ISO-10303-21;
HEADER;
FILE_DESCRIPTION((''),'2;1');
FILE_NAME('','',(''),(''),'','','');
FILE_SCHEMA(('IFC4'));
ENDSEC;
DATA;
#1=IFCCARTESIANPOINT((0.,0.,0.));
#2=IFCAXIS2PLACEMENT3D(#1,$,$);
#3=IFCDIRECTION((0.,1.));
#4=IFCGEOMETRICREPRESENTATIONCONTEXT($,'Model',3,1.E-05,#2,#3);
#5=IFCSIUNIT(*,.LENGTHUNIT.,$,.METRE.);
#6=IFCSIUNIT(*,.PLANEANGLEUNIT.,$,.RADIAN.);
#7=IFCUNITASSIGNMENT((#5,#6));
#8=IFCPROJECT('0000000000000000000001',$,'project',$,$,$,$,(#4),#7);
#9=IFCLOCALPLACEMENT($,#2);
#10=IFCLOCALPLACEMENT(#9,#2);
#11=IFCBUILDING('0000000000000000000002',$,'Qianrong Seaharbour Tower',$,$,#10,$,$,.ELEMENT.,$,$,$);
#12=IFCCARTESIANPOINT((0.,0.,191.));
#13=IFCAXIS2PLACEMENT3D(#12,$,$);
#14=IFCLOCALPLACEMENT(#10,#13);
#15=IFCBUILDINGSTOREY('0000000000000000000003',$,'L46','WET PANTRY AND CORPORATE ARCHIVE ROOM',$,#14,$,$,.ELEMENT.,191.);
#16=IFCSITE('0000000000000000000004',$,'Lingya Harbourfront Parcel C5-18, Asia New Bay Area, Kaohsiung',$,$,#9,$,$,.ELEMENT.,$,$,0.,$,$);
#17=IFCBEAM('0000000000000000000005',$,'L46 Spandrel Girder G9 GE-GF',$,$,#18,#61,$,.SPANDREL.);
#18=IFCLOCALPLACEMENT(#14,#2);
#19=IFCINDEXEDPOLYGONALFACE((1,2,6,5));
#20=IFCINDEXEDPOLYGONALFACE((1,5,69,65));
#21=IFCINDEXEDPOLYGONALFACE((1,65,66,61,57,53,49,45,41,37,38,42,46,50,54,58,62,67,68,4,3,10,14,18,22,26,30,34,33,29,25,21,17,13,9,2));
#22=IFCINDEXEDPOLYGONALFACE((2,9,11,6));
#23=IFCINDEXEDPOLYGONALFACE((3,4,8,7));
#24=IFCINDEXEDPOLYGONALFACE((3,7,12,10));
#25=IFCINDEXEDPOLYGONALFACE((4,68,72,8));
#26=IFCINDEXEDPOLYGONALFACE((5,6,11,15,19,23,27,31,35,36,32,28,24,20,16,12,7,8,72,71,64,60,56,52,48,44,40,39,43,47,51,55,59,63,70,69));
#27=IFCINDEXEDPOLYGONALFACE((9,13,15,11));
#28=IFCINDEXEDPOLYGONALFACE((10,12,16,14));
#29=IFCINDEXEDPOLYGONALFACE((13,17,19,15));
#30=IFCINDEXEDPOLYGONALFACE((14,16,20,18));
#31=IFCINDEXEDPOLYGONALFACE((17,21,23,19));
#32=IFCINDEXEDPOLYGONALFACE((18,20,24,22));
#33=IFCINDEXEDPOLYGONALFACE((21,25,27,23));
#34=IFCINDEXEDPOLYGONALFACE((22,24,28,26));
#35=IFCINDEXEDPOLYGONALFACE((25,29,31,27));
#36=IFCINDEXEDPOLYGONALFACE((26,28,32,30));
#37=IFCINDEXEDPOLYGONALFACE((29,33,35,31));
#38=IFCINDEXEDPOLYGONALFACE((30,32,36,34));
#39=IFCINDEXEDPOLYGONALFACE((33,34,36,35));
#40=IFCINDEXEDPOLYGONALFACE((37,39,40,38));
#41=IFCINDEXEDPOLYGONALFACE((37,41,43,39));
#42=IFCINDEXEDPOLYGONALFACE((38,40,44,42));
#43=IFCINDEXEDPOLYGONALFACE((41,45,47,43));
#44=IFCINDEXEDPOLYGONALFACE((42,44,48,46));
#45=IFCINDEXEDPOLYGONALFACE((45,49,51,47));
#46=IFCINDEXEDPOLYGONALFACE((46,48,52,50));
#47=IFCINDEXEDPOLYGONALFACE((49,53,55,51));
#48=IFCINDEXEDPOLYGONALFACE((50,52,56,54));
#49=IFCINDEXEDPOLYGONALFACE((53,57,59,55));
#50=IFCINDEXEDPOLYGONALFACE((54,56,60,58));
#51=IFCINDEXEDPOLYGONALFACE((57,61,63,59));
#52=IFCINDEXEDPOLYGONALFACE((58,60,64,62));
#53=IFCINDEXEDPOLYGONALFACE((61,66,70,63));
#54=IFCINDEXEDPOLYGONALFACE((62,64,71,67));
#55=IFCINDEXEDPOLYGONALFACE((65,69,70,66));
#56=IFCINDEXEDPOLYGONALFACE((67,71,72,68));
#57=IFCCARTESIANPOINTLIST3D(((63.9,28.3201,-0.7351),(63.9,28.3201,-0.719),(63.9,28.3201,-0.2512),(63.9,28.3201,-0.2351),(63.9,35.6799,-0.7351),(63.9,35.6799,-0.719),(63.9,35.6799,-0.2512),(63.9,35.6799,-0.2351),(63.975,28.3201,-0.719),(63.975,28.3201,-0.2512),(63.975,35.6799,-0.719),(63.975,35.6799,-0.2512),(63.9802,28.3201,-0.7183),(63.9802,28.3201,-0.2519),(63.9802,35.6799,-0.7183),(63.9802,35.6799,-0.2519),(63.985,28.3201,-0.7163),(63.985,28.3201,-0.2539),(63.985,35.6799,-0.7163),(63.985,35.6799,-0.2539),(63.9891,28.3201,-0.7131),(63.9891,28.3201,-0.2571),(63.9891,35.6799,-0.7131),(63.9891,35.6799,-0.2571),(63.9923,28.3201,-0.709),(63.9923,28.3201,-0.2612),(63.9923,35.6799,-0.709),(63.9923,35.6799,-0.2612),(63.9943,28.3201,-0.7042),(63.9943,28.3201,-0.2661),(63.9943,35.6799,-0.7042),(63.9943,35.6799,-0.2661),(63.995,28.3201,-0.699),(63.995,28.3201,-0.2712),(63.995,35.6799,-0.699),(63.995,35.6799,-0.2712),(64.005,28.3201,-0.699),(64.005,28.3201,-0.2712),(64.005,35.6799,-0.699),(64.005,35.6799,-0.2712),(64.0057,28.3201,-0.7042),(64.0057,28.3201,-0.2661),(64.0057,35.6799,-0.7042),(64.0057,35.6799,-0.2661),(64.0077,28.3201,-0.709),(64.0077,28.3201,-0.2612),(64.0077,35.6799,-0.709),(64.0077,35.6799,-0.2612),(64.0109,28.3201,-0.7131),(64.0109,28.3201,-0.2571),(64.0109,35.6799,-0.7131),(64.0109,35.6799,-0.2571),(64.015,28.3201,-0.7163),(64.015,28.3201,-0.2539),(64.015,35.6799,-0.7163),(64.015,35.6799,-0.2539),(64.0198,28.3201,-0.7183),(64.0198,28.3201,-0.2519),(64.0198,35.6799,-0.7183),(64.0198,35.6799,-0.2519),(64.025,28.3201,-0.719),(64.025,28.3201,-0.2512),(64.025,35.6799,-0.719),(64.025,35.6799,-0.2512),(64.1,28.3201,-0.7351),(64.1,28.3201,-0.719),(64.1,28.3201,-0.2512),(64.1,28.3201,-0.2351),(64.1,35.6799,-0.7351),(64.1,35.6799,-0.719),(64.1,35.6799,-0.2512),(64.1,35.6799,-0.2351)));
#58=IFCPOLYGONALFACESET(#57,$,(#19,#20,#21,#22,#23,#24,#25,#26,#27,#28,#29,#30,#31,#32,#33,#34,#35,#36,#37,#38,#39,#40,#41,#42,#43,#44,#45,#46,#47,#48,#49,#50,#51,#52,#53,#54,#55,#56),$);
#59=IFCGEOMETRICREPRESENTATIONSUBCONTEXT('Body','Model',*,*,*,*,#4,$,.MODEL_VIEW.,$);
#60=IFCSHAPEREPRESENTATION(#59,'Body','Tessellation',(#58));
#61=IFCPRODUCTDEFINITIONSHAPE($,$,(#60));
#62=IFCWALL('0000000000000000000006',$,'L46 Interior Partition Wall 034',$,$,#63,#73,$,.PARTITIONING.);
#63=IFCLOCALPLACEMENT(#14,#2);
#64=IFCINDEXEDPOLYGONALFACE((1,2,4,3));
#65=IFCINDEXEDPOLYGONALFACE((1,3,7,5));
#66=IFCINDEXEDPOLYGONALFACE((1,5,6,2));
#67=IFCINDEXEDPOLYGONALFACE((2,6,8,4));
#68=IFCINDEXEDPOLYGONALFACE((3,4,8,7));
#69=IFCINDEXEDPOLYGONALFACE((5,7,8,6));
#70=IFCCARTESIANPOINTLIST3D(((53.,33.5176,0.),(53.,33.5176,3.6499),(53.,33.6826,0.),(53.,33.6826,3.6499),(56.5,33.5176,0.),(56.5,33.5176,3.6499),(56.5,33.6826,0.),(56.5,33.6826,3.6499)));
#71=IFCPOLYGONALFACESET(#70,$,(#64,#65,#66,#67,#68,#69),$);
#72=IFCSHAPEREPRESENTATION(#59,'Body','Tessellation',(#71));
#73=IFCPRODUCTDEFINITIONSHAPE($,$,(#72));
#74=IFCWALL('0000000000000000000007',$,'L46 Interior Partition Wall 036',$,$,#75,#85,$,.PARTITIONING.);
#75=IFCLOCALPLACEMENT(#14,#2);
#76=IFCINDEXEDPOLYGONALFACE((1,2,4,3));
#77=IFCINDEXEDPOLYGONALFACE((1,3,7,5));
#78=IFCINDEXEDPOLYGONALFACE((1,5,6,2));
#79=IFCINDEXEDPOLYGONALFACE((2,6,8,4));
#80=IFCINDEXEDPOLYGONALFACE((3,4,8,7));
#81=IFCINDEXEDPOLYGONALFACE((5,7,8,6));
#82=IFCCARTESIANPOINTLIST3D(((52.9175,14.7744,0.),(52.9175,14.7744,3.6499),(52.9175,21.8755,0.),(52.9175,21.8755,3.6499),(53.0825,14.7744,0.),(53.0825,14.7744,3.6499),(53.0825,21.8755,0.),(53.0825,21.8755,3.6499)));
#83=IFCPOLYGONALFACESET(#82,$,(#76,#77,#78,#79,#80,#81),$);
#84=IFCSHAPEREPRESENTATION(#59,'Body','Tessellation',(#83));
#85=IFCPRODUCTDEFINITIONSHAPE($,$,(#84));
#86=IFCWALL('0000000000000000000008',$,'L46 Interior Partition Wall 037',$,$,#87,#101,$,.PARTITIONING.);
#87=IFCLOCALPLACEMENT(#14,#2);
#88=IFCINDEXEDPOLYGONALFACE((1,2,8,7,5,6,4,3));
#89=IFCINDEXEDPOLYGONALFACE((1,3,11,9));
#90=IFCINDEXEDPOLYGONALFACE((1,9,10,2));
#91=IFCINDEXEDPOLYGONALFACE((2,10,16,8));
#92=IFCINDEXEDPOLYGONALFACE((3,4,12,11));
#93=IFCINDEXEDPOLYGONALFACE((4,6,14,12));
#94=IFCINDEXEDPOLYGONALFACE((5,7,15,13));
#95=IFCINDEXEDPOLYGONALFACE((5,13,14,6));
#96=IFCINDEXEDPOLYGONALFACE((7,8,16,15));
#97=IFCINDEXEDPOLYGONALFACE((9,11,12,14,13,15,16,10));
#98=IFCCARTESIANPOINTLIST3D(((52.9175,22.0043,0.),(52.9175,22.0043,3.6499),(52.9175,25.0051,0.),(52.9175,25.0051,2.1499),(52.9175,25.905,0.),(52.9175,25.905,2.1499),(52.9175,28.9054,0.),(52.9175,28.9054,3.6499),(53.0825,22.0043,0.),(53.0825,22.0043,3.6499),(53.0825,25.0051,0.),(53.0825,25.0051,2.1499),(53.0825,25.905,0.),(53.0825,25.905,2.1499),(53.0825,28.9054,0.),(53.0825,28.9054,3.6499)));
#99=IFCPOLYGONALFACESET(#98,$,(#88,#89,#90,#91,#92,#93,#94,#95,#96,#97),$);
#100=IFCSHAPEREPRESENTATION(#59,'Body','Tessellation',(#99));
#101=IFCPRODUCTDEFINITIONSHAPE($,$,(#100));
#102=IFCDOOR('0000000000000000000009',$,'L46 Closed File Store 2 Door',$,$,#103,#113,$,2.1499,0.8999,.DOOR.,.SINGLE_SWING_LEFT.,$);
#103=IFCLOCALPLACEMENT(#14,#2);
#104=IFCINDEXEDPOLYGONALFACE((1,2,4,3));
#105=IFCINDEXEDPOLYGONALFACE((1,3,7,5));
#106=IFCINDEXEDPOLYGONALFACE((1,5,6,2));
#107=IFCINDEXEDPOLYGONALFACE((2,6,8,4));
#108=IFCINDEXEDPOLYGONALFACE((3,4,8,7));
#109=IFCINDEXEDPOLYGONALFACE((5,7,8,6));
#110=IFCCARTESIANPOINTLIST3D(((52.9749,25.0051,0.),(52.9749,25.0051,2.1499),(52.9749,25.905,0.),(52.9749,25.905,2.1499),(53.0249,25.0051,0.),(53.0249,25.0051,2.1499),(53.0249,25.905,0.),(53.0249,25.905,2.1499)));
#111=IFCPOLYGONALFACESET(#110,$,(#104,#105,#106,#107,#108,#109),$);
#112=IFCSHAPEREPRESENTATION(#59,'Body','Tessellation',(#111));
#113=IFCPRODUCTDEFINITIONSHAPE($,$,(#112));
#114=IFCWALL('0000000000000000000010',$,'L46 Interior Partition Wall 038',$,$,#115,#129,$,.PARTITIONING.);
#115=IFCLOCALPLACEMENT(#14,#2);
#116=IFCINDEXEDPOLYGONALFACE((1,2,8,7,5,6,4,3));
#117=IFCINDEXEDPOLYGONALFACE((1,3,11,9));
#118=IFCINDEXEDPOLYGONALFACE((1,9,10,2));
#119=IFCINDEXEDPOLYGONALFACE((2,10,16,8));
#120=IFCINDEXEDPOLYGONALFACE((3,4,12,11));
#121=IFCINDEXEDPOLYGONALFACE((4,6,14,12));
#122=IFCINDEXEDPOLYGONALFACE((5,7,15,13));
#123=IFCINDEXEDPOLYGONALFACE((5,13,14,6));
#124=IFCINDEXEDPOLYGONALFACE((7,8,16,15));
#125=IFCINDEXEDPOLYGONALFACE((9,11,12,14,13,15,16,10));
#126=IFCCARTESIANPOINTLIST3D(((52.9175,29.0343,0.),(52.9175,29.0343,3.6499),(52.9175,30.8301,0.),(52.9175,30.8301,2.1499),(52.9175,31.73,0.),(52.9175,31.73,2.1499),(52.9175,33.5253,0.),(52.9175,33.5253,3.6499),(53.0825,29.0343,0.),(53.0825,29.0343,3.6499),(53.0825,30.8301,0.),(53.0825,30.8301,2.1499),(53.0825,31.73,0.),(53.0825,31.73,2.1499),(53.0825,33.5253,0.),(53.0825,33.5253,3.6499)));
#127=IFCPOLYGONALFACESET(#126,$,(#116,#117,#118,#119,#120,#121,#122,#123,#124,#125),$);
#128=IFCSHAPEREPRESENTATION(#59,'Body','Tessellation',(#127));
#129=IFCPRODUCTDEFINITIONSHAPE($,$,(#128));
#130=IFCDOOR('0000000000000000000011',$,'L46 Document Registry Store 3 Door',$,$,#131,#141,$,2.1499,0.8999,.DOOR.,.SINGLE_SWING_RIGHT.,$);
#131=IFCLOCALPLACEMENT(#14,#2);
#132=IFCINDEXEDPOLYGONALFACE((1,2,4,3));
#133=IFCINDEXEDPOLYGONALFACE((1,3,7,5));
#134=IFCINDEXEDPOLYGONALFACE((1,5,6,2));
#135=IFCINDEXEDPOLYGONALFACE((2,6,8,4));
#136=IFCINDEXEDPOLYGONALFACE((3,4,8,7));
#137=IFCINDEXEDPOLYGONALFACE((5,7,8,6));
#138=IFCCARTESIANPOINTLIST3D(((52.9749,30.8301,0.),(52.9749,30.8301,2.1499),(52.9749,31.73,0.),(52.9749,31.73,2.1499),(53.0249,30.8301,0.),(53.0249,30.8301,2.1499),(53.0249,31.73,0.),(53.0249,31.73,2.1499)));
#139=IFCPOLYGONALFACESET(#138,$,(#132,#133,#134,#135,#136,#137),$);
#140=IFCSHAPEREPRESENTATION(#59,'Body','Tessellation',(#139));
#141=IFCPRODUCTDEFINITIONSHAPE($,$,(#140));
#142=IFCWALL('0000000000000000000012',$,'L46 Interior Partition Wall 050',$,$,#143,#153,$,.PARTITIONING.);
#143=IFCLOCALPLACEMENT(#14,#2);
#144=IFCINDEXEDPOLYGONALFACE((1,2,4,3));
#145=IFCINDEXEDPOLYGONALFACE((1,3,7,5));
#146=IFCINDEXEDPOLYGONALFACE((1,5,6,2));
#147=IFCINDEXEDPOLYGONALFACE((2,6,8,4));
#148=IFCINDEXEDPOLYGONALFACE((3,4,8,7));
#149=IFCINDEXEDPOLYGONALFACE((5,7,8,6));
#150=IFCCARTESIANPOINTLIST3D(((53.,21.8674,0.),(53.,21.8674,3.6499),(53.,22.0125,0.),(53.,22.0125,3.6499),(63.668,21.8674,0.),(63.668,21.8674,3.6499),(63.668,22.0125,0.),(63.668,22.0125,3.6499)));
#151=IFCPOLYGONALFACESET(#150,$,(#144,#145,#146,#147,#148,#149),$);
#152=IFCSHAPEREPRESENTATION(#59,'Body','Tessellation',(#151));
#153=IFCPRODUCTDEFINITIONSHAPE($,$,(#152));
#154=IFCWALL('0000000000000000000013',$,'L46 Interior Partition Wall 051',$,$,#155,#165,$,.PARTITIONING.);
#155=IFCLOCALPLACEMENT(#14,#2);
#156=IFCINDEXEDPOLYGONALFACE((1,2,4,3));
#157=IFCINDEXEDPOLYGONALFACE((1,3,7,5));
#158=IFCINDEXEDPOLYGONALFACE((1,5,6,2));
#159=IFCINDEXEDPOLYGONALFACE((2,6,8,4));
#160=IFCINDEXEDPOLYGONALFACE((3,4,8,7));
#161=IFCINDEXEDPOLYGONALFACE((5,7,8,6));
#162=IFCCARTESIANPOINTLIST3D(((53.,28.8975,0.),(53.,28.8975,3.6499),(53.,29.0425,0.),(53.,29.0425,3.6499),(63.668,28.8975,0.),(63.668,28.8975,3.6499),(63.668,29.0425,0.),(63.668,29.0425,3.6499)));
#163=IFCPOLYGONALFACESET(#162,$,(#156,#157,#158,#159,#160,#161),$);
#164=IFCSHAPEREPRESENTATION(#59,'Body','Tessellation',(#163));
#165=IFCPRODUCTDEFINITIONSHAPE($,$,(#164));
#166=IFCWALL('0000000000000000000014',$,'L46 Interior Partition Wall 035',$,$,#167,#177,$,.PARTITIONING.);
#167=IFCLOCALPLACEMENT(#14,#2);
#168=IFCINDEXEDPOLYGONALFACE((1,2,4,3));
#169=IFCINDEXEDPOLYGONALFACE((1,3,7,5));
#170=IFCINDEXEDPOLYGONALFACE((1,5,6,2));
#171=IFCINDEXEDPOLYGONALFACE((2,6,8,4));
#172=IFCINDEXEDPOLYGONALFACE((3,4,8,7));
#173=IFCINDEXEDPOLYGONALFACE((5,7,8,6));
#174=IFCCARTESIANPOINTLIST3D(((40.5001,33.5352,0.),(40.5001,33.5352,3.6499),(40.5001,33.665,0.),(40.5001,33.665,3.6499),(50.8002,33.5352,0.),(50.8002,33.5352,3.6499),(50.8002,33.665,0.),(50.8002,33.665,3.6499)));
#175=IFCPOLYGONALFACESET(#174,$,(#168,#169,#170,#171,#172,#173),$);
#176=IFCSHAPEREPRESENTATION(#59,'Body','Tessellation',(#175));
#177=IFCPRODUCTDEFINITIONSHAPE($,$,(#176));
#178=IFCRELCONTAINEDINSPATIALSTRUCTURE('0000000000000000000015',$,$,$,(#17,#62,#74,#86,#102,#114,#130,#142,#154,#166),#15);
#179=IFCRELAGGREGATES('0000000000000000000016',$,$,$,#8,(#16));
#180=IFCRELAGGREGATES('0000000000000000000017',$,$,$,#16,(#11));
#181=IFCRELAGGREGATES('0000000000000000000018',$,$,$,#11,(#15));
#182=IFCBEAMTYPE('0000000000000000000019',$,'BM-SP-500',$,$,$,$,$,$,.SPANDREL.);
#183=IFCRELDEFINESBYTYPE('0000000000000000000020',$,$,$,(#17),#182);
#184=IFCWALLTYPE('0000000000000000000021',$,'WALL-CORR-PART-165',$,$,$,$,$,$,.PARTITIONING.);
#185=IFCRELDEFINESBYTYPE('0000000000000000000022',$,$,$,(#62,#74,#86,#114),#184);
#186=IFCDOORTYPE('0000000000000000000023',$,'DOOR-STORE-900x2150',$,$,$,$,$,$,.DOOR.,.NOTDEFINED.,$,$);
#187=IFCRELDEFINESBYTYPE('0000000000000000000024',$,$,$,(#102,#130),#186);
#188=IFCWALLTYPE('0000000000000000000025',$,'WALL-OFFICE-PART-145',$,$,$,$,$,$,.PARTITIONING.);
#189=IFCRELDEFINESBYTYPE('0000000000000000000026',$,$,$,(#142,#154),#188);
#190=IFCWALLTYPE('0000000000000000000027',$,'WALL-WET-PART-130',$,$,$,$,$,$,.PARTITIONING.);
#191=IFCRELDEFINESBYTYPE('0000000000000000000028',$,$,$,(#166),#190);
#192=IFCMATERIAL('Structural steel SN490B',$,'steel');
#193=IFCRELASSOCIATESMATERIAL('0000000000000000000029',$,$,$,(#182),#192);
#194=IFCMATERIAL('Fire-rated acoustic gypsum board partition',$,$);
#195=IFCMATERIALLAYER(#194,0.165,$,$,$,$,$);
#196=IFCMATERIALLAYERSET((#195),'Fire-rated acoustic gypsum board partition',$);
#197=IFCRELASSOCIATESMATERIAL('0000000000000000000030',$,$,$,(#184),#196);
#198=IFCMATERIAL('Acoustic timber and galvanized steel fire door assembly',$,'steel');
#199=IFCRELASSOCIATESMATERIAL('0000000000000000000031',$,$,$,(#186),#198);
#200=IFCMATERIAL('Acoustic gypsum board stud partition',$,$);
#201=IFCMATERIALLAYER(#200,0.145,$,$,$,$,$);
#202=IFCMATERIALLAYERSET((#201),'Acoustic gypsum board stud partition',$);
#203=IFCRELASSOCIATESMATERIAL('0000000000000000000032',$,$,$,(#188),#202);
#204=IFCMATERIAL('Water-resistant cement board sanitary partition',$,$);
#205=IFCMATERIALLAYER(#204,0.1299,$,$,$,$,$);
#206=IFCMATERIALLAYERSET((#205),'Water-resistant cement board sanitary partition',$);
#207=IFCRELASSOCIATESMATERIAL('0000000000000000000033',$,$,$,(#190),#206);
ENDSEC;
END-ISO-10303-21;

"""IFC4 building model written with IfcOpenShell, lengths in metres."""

from ifc_helpers import new_model, si_unit, direction, frame, frame_2d, origin, origin_2d, place, context, subcontext, project, spatial, rectangle, i_section, extrude, material, layer, layer_set, material_profile, profile_set, type_object, element, fill, save


model = new_model("IFC4")

# Units and contexts
model_context = context("Model", 3, precision=1e-05, world=origin(), true_north=direction((0.0, 1.0)))
body_context = subcontext(model_context, "Body", "Model", "MODEL_VIEW")
ifc_project = project(units=[si_unit("LENGTHUNIT", "METRE"), si_unit("PLANEANGLEUNIT", "RADIAN")], contexts=[model_context])

# Site, building, storey
site_placement = place(None, origin())
site = spatial("IfcSite", under=ifc_project, at=site_placement, Name="Lingya Harbourfront Parcel C5-18, Asia New Bay Area, Kaohsiung", CompositionType="ELEMENT", RefElevation=0.0)
building_placement = place(site_placement, origin())
building = spatial("IfcBuilding", under=site, at=building_placement, Name="Qianrong Seaharbour Tower", CompositionType="ELEMENT")
storey_placement = place(building_placement, frame((0.0, 0.0, 191.0)))
storey = spatial("IfcBuildingStorey", under=building, at=storey_placement, Name="L46", Description="WET PANTRY AND CORPORATE ARCHIVE ROOM", CompositionType="ELEMENT", Elevation=191.0)

# Shared definitions
ifc_material_1 = material(Name="Structural steel SN490B", Category="steel")

# Beam
ifc_material_profile_1 = material_profile(ifc_material_1, i_section(OverallWidth=0.2, OverallDepth=0.5, WebThickness=0.01, FlangeThickness=0.0161, FilletRadius=0.02, at=origin_2d()), Name="H500x200x10x16")
ifc_profile_set_1 = profile_set([ifc_material_profile_1], Name="Structural steel SN490B")
beam_type_1 = type_object("IfcBeamType", Name="BM-SP-500", PredefinedType="SPANDREL", material=ifc_profile_set_1)
beam_1_placement = place(storey_placement, frame((64.0, 28.3201, -0.4851), z_axis=(0.0, 1.0, 0.0), x_axis=(-1.0, 0.0, 0.0)))
element("IfcBeam", 1, at=beam_1_placement, inside=storey, type_object=beam_type_1, Name="L46 Spandrel Girder G9 GE-GF", PredefinedType="SPANDREL", context=body_context, shape_type="SweptSolid", body=[
    extrude(i_section(OverallWidth=0.2, OverallDepth=0.5, WebThickness=0.01, FlangeThickness=0.0161, FilletRadius=0.02, at=origin_2d()), origin(), (0.0, 0.0, 1.0), 7.3599),
])

# Walls
ifc_material_2 = material(Name="Fire-rated acoustic gypsum board partition")
ifc_layer_1 = layer(ifc_material_2, 0.165)
ifc_layer_set_1 = layer_set([ifc_layer_1], Name="Fire-rated acoustic gypsum board partition")
wall_type_1 = type_object("IfcWallType", Name="WALL-CORR-PART-165", PredefinedType="PARTITIONING", material=ifc_layer_set_1)
wall_1_placement = place(storey_placement, frame((56.5, 33.6001, 0.0), z_axis=(0.0, 0.0, 1.0), x_axis=(-1.0, 0.0, 0.0)))
element("IfcWall", 2, at=wall_1_placement, inside=storey, type_object=wall_type_1, Name="L46 Interior Partition Wall 034", PredefinedType="PARTITIONING", context=body_context, shape_type="SweptSolid", body=[
    extrude(rectangle(XDim=3.5, YDim=0.165, at=frame_2d((1.75, 0.0))), origin(), (0.0, 0.0, 1.0), 3.6499),
])
wall_2_placement = place(storey_placement, frame((53.0, 21.8755, 0.0), z_axis=(0.0, 0.0, 1.0), x_axis=(0.0, -1.0, 0.0)))
element("IfcWall", 3, at=wall_2_placement, inside=storey, type_object=wall_type_1, Name="L46 Interior Partition Wall 036", PredefinedType="PARTITIONING", context=body_context, shape_type="SweptSolid", body=[
    extrude(rectangle(XDim=7.1011, YDim=0.165, at=frame_2d((3.5505, 0.0))), origin(), (0.0, 0.0, 1.0), 3.6499),
])

# Walls, openings, doors
wall_3_placement = place(storey_placement, frame((53.0, 28.9055, 0.0), z_axis=(0.0, 0.0, 1.0), x_axis=(0.0, -1.0, 0.0)))
wall_3 = element("IfcWall", 4, at=wall_3_placement, inside=storey, type_object=wall_type_1, Name="L46 Interior Partition Wall 037", PredefinedType="PARTITIONING", context=body_context, shape_type="SweptSolid", body=[
    extrude(rectangle(XDim=6.9011, YDim=0.165, at=frame_2d((3.4507, 0.0))), origin(), (0.0, 0.0, 1.0), 3.6499),
])
opening_1_placement = place(wall_3_placement, frame((3.0005, 0.0, 0.0)))
opening_1 = element("IfcOpeningElement", 5, at=opening_1_placement, cuts=wall_3, PredefinedType="OPENING", context=body_context, shape_type="SweptSolid", body=[
    extrude(rectangle(XDim=0.8999, YDim=2.1499, at=frame_2d((0.45, 1.075))), frame((0.0, 0.0925, 0.0), z_axis=(0.0, -1.0, 0.0), x_axis=(1.0, 0.0, 0.0)), (0.0, 0.0, 1.0), 0.1851),
])
ifc_material_3 = material(Name="Acoustic timber and galvanized steel fire door assembly", Category="steel")
door_type = type_object("IfcDoorType", Name="DOOR-STORE-900x2150", OperationType="NOTDEFINED", PredefinedType="DOOR", material=ifc_material_3)
door_1_placement = place(opening_1_placement, origin())
door_1 = element("IfcDoor", 6, at=door_1_placement, inside=storey, type_object=door_type, Name="L46 Closed File Store 2 Door", OperationType="SINGLE_SWING_LEFT", OverallHeight=2.1499, OverallWidth=0.8999, PredefinedType="DOOR", context=body_context, shape_type="SweptSolid", body=[
    extrude(rectangle(XDim=0.8999, YDim=2.1499, at=frame_2d((0.45, 1.075))), frame((0.0, 0.0249, 0.0), z_axis=(0.0, -1.0, 0.0), x_axis=(1.0, 0.0, 0.0)), (0.0, 0.0, 1.0), 0.05),
])
fill(opening_1, door_1)
wall_4_placement = place(storey_placement, frame((53.0, 33.5254, 0.0), z_axis=(0.0, 0.0, 1.0), x_axis=(0.0, -1.0, 0.0)))
wall_4 = element("IfcWall", 7, at=wall_4_placement, inside=storey, type_object=wall_type_1, Name="L46 Interior Partition Wall 038", PredefinedType="PARTITIONING", context=body_context, shape_type="SweptSolid", body=[
    extrude(rectangle(XDim=4.491, YDim=0.165, at=frame_2d((2.2456, 0.0))), origin(), (0.0, 0.0, 1.0), 3.6499),
])
opening_2_placement = place(wall_4_placement, frame((1.7954, 0.0, 0.0)))
opening_2 = element("IfcOpeningElement", 8, at=opening_2_placement, cuts=wall_4, PredefinedType="OPENING", context=body_context, shape_type="SweptSolid", body=[
    extrude(rectangle(XDim=0.8999, YDim=2.1499, at=frame_2d((0.45, 1.075))), frame((0.0, 0.0925, 0.0), z_axis=(0.0, -1.0, 0.0), x_axis=(1.0, 0.0, 0.0)), (0.0, 0.0, 1.0), 0.1851),
])
door_2_placement = place(opening_2_placement, origin())
door_2 = element("IfcDoor", 9, at=door_2_placement, inside=storey, type_object=door_type, Name="L46 Document Registry Store 3 Door", OperationType="SINGLE_SWING_RIGHT", OverallHeight=2.1499, OverallWidth=0.8999, PredefinedType="DOOR", context=body_context, shape_type="SweptSolid", body=[
    extrude(rectangle(XDim=0.8999, YDim=2.1499, at=frame_2d((0.45, 1.075))), frame((0.0, 0.0249, 0.0), z_axis=(0.0, -1.0, 0.0), x_axis=(1.0, 0.0, 0.0)), (0.0, 0.0, 1.0), 0.05),
])
fill(opening_2, door_2)

# Walls
ifc_material_4 = material(Name="Acoustic gypsum board stud partition")
ifc_layer_2 = layer(ifc_material_4, 0.145)
ifc_layer_set_2 = layer_set([ifc_layer_2], Name="Acoustic gypsum board stud partition")
wall_type_2 = type_object("IfcWallType", Name="WALL-OFFICE-PART-145", PredefinedType="PARTITIONING", material=ifc_layer_set_2)
for number, where, z_axis, x_axis, name in (
    (10, (53.0, 21.9399, 0.0), (0.0, 0.0, 1.0), (1.0, 0.0, 0.0), "L46 Interior Partition Wall 050"),
    (11, (53.0, 28.97, 0.0), (0.0, 0.0, 1.0), (1.0, 0.0, 0.0), "L46 Interior Partition Wall 051"),
):
    element("IfcWall", number, at=place(storey_placement, frame(where, z_axis=z_axis, x_axis=x_axis)), inside=storey, type_object=wall_type_2, Name=name, PredefinedType="PARTITIONING", context=body_context, shape_type="SweptSolid", body=[
        extrude(rectangle(XDim=10.668, YDim=0.145, at=frame_2d((5.334, 0.0))), origin(), (0.0, 0.0, 1.0), 3.6499),
    ])
ifc_material_5 = material(Name="Water-resistant cement board sanitary partition")
ifc_layer_3 = layer(ifc_material_5, 0.1299)
ifc_layer_set_3 = layer_set([ifc_layer_3], Name="Water-resistant cement board sanitary partition")
wall_type_3 = type_object("IfcWallType", Name="WALL-WET-PART-130", PredefinedType="PARTITIONING", material=ifc_layer_set_3)
wall_5_placement = place(storey_placement, frame((50.8, 33.6001, 0.0), z_axis=(0.0, 0.0, 1.0), x_axis=(-1.0, 0.0, 0.0)))
element("IfcWall", 12, at=wall_5_placement, inside=storey, type_object=wall_type_3, Name="L46 Interior Partition Wall 035", PredefinedType="PARTITIONING", context=body_context, shape_type="SweptSolid", body=[
    extrude(rectangle(XDim=10.3, YDim=0.1299, at=frame_2d((5.1499, 0.0))), origin(), (0.0, 0.0, 1.0), 3.6499),
])

save(model, "model.ifc")
